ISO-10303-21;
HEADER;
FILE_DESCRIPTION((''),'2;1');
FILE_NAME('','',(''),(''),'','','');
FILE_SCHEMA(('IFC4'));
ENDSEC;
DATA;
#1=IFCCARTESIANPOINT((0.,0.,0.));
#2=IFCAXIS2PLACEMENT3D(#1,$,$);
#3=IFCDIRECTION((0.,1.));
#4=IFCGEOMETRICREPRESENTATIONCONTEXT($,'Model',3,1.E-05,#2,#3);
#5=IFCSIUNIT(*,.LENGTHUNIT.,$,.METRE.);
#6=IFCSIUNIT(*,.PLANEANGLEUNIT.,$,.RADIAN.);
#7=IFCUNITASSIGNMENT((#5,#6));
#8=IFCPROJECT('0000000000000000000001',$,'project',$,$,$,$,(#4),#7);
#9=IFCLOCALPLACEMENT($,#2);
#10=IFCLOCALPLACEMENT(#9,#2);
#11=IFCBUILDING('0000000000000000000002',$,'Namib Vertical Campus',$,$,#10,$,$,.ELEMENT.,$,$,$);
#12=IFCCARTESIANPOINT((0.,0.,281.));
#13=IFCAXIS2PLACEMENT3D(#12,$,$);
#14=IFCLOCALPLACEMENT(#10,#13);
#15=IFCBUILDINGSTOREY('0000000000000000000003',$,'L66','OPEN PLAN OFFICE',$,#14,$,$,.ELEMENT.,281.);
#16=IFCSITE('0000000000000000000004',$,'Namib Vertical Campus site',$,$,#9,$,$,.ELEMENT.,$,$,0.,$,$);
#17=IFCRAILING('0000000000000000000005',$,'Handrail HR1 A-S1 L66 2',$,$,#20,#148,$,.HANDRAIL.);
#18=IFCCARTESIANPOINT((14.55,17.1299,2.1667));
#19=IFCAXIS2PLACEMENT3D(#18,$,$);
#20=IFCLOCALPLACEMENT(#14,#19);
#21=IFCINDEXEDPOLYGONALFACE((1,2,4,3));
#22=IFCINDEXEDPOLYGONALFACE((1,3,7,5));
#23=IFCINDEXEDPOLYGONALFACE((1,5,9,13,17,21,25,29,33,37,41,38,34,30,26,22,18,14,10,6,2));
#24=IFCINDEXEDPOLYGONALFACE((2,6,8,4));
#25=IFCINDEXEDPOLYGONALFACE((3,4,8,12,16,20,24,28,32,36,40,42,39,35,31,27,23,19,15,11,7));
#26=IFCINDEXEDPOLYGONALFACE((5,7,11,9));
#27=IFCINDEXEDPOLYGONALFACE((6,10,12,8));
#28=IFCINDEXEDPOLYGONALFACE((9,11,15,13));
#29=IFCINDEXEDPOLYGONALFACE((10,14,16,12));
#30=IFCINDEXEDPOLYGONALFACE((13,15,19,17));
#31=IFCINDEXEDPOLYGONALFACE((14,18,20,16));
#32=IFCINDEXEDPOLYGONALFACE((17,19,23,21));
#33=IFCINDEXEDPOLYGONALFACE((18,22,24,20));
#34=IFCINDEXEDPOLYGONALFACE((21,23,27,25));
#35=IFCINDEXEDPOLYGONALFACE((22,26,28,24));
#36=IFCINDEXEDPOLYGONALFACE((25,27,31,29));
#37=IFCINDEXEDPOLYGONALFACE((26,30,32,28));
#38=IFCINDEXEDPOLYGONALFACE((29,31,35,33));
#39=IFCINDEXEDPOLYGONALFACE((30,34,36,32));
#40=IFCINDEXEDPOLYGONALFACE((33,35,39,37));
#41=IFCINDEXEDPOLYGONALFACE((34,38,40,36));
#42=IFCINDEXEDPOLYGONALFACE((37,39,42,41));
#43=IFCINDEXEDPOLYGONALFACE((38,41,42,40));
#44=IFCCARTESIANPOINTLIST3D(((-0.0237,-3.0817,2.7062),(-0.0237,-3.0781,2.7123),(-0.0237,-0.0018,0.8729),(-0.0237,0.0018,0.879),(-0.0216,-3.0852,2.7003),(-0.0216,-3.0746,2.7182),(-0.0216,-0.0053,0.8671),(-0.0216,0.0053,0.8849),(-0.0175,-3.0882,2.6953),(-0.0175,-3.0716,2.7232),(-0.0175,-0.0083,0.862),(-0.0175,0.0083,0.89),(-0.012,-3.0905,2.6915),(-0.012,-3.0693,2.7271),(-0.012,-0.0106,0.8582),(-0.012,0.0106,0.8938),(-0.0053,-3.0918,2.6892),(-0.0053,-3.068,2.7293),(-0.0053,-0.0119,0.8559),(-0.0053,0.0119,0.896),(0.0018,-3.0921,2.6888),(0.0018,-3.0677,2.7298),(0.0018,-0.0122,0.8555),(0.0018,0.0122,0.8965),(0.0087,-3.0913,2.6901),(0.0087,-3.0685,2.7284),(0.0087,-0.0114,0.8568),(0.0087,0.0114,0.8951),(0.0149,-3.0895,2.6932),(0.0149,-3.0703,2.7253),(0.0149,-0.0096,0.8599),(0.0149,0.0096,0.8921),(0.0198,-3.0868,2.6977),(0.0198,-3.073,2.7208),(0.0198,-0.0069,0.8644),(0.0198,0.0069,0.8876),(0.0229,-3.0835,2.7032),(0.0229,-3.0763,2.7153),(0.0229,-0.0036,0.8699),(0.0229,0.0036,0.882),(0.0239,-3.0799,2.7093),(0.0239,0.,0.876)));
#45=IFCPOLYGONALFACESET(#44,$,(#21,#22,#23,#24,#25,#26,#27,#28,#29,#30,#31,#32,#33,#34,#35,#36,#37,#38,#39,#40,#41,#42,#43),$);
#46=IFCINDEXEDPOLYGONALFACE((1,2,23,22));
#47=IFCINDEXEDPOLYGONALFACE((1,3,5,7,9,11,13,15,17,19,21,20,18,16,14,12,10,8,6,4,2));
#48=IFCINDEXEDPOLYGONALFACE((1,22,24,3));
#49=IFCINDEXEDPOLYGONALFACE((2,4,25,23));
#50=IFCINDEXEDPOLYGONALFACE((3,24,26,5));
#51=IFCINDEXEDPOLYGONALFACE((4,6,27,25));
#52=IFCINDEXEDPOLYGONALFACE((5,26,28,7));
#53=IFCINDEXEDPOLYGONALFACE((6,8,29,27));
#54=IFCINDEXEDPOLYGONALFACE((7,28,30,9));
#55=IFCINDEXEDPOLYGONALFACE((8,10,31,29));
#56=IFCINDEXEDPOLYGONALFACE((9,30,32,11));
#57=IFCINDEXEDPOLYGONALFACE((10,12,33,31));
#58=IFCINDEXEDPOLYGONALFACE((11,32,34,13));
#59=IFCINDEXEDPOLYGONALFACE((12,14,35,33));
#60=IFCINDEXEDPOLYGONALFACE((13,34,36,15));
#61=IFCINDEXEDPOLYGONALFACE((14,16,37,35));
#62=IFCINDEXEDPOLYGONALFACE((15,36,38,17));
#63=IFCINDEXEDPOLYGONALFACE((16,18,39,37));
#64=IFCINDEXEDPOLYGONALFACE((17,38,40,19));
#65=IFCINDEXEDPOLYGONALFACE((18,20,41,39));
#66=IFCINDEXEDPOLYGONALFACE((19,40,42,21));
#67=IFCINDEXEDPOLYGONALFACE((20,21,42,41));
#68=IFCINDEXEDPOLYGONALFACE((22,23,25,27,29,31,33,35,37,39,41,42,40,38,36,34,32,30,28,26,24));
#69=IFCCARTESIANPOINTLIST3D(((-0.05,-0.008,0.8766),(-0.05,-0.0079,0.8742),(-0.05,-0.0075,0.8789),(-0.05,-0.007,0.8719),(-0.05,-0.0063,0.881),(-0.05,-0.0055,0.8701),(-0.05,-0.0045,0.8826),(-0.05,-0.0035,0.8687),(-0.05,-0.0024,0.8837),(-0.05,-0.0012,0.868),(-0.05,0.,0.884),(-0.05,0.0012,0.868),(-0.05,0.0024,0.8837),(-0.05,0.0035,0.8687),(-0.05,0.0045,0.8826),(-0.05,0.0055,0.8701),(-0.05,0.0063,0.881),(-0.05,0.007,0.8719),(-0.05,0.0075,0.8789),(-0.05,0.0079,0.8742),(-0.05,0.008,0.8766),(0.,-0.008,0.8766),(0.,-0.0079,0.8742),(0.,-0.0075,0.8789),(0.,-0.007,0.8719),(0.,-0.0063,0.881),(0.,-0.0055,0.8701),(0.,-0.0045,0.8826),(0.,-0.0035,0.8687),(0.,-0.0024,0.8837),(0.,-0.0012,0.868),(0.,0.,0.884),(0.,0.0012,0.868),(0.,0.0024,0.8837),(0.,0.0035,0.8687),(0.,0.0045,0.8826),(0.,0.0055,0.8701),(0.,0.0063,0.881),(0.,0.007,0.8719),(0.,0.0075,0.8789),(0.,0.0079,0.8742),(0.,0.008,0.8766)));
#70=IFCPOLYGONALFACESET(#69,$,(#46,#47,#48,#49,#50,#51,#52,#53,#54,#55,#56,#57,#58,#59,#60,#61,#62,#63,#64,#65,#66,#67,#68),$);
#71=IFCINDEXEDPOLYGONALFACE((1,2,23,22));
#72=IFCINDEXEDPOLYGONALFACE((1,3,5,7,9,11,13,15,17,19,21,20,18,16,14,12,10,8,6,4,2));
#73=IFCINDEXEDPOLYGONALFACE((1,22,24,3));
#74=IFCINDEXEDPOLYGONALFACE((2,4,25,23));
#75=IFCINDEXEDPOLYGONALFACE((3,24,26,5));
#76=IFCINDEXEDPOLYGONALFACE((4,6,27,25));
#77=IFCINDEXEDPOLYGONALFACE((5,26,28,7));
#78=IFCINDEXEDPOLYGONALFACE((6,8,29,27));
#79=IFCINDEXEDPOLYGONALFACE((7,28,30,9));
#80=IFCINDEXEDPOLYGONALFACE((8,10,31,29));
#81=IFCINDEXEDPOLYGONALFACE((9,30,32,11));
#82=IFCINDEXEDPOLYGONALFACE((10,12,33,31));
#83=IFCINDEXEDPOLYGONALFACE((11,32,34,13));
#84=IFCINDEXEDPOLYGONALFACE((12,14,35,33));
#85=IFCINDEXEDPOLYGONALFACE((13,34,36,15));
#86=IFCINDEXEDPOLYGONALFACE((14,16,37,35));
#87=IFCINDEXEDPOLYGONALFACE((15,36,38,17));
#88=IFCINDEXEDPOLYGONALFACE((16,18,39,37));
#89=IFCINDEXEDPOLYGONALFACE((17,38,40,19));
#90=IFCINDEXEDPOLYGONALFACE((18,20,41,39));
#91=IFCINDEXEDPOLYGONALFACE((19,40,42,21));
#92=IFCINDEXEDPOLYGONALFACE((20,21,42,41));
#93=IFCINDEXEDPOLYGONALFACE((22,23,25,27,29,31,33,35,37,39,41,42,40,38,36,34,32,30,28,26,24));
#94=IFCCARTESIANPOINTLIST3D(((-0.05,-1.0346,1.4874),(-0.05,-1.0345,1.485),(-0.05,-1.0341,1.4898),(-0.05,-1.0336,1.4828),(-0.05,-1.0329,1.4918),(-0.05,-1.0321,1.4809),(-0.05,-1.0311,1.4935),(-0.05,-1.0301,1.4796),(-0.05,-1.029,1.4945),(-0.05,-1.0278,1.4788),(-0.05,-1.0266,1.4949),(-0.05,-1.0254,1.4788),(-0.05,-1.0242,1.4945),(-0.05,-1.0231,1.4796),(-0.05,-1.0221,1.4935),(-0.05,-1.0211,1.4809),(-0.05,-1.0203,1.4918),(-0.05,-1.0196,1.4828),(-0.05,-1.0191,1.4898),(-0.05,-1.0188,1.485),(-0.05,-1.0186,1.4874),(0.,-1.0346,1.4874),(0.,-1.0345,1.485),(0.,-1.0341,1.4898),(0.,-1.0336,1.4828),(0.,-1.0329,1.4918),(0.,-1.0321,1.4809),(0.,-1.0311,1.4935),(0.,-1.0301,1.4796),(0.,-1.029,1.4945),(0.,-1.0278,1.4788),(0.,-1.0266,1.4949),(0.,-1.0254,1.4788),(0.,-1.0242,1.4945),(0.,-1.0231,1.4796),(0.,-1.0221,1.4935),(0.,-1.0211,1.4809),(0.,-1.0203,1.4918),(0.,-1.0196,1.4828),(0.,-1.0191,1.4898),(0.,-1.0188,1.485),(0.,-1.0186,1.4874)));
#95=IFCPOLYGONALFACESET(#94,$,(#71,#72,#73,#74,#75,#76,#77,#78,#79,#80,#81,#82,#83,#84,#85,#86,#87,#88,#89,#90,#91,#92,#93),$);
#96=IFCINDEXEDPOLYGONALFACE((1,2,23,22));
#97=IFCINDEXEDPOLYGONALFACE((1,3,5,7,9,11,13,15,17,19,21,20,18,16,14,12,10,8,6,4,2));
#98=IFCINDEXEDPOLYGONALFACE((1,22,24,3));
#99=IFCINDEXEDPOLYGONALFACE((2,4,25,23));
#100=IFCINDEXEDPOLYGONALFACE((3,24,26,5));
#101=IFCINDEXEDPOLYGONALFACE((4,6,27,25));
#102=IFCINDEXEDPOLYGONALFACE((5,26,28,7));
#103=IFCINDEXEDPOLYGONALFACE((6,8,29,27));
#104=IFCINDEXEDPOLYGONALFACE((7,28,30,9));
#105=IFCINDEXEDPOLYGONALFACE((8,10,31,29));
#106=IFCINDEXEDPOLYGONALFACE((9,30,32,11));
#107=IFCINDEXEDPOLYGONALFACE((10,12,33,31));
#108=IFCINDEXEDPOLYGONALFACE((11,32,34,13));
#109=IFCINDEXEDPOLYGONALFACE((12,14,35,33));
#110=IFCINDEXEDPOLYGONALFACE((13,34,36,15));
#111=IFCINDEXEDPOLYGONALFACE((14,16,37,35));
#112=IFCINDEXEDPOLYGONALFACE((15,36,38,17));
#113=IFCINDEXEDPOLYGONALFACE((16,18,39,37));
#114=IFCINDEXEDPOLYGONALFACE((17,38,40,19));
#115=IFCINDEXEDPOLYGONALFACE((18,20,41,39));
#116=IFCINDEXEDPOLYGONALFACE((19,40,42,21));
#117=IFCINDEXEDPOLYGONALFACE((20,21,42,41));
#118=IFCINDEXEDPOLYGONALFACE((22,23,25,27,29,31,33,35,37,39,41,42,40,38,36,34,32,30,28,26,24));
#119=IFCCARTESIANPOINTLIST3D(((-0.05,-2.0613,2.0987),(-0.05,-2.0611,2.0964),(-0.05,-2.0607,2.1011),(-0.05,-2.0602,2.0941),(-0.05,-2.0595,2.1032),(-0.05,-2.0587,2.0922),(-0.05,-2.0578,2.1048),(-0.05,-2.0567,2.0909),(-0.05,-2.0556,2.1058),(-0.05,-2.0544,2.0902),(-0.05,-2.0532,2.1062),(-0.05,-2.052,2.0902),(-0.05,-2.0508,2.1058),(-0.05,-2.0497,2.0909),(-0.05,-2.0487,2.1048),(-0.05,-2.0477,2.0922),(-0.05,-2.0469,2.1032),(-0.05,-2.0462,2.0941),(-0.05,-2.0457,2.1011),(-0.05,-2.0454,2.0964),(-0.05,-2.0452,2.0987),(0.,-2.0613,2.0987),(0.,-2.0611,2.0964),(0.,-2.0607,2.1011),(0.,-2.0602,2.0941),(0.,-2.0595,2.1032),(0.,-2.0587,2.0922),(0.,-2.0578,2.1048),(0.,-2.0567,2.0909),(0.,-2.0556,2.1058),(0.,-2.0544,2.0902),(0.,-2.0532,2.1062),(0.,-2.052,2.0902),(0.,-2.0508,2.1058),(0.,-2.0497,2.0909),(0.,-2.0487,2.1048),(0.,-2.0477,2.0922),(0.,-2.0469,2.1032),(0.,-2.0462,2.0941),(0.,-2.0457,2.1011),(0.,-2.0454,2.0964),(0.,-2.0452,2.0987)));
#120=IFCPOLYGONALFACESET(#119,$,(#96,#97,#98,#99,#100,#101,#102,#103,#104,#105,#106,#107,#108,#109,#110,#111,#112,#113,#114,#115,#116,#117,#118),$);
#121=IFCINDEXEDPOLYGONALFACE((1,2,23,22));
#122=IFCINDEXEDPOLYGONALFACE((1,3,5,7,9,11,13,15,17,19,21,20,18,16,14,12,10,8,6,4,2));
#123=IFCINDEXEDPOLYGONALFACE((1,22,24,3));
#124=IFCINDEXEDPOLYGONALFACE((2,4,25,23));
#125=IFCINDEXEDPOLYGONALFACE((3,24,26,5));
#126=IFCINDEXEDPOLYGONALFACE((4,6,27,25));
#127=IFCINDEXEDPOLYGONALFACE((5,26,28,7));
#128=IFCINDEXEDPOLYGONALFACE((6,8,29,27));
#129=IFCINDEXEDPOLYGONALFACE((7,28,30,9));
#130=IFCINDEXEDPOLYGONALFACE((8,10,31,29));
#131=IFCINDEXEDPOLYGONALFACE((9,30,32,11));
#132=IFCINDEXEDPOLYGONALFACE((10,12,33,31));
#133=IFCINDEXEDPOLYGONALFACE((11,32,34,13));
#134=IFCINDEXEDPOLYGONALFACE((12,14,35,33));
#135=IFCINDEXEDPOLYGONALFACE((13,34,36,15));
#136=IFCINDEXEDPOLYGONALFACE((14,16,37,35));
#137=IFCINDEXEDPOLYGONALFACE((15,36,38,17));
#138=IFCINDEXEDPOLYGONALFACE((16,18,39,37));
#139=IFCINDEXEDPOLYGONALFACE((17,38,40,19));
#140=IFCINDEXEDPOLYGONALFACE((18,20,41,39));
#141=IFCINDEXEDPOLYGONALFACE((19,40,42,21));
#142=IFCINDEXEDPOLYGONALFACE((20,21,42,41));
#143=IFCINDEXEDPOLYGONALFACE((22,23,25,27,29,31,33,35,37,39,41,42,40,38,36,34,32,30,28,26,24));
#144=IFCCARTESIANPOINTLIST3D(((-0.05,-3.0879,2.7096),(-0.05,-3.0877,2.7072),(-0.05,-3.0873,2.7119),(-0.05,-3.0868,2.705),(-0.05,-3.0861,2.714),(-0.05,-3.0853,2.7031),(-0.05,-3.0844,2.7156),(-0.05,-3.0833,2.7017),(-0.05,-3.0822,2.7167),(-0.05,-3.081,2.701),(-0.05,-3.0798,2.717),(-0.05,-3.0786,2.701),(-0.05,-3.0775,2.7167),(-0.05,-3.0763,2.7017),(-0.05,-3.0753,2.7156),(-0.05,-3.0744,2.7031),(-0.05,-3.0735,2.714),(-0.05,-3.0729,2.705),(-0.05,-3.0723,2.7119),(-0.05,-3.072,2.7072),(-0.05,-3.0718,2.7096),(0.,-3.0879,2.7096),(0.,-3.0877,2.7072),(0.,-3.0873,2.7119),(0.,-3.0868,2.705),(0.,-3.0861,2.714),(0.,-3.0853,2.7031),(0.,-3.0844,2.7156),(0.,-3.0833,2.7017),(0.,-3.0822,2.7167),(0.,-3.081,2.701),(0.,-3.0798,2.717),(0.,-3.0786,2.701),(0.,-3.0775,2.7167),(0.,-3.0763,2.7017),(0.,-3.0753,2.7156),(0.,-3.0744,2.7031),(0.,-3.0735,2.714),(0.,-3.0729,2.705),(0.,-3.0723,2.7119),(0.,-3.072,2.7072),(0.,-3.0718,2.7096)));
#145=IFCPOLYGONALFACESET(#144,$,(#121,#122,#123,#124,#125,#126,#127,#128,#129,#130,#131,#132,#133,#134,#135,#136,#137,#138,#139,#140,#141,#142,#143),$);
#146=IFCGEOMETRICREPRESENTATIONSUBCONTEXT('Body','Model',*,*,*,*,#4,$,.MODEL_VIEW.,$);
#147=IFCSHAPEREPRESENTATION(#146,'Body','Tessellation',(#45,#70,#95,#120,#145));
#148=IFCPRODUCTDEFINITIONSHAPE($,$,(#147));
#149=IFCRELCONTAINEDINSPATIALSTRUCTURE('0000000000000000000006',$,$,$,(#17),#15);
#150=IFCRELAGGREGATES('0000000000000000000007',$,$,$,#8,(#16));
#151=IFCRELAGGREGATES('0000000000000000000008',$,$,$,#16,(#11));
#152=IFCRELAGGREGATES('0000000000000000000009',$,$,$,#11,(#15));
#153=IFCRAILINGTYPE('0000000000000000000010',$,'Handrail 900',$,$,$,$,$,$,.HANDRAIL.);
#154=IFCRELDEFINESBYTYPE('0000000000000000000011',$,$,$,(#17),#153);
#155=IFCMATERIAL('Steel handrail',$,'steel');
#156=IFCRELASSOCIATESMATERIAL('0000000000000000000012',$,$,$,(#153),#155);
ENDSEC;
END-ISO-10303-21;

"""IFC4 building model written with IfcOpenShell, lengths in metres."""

from ifc_helpers import new_model, si_unit, direction, frame, origin, origin_2d, place, context, subcontext, project, spatial, circle, extrude, material, type_object, element, save


model = new_model("IFC4")

# Units and contexts
model_context = context("Model", 3, precision=1e-05, world=origin(), true_north=direction((0.0, 1.0)))
body_context = subcontext(model_context, "Body", "Model", "MODEL_VIEW")
ifc_project = project(units=[si_unit("LENGTHUNIT", "METRE"), si_unit("PLANEANGLEUNIT", "RADIAN")], contexts=[model_context])

# Site, building, storey
site_placement = place(None, origin())
site = spatial("IfcSite", under=ifc_project, at=site_placement, Name="Namib Vertical Campus site", CompositionType="ELEMENT", RefElevation=0.0)
building_placement = place(site_placement, origin())
building = spatial("IfcBuilding", under=site, at=building_placement, Name="Namib Vertical Campus", CompositionType="ELEMENT")
storey_placement = place(building_placement, frame((0.0, 0.0, 281.0)))
storey = spatial("IfcBuildingStorey", under=building, at=storey_placement, Name="L66", Description="OPEN PLAN OFFICE", CompositionType="ELEMENT", Elevation=281.0)

# Railing
ifc_material_1 = material(Name="Steel handrail", Category="steel")
railing_type = type_object("IfcRailingType", Name="Handrail 900", PredefinedType="HANDRAIL", material=ifc_material_1)
railing_placement = place(storey_placement, frame((14.55, 17.1299, 2.1667)))
element("IfcRailing", 1, at=railing_placement, inside=storey, type_object=railing_type, Name="Handrail HR1 A-S1 L66 2", PredefinedType="HANDRAIL", context=body_context, shape_type="SweptSolid", body=[
    extrude(circle(Radius=0.0239, at=origin_2d()), frame((0.0, 0.0, 0.876), z_axis=(0.0, -0.859291, 0.511487), x_axis=(1.0, 0.0, 0.0)), (0.0, 0.0, 1.0), 3.5842),
    extrude(circle(Radius=0.0081, at=origin_2d()), frame((0.0, 0.0, 0.876), z_axis=(-1.0, 0.0, 0.0), x_axis=(0.0, 0.0, 1.0)), (0.0, 0.0, 1.0), 0.05),
    extrude(circle(Radius=0.0081, at=origin_2d()), frame((0.0, -1.0266, 1.4868), z_axis=(-1.0, 0.0, 0.0), x_axis=(0.0, 0.0, 1.0)), (0.0, 0.0, 1.0), 0.05),
    extrude(circle(Radius=0.0081, at=origin_2d()), frame((0.0, -2.0532, 2.0981), z_axis=(-1.0, 0.0, 0.0), x_axis=(0.0, 0.0, 1.0)), (0.0, 0.0, 1.0), 0.05),
    extrude(circle(Radius=0.0081, at=origin_2d()), frame((0.0, -3.0798, 2.709), z_axis=(-1.0, 0.0, 0.0), x_axis=(0.0, 0.0, 1.0)), (0.0, 0.0, 1.0), 0.05),
])

save(model, "model.ifc")
